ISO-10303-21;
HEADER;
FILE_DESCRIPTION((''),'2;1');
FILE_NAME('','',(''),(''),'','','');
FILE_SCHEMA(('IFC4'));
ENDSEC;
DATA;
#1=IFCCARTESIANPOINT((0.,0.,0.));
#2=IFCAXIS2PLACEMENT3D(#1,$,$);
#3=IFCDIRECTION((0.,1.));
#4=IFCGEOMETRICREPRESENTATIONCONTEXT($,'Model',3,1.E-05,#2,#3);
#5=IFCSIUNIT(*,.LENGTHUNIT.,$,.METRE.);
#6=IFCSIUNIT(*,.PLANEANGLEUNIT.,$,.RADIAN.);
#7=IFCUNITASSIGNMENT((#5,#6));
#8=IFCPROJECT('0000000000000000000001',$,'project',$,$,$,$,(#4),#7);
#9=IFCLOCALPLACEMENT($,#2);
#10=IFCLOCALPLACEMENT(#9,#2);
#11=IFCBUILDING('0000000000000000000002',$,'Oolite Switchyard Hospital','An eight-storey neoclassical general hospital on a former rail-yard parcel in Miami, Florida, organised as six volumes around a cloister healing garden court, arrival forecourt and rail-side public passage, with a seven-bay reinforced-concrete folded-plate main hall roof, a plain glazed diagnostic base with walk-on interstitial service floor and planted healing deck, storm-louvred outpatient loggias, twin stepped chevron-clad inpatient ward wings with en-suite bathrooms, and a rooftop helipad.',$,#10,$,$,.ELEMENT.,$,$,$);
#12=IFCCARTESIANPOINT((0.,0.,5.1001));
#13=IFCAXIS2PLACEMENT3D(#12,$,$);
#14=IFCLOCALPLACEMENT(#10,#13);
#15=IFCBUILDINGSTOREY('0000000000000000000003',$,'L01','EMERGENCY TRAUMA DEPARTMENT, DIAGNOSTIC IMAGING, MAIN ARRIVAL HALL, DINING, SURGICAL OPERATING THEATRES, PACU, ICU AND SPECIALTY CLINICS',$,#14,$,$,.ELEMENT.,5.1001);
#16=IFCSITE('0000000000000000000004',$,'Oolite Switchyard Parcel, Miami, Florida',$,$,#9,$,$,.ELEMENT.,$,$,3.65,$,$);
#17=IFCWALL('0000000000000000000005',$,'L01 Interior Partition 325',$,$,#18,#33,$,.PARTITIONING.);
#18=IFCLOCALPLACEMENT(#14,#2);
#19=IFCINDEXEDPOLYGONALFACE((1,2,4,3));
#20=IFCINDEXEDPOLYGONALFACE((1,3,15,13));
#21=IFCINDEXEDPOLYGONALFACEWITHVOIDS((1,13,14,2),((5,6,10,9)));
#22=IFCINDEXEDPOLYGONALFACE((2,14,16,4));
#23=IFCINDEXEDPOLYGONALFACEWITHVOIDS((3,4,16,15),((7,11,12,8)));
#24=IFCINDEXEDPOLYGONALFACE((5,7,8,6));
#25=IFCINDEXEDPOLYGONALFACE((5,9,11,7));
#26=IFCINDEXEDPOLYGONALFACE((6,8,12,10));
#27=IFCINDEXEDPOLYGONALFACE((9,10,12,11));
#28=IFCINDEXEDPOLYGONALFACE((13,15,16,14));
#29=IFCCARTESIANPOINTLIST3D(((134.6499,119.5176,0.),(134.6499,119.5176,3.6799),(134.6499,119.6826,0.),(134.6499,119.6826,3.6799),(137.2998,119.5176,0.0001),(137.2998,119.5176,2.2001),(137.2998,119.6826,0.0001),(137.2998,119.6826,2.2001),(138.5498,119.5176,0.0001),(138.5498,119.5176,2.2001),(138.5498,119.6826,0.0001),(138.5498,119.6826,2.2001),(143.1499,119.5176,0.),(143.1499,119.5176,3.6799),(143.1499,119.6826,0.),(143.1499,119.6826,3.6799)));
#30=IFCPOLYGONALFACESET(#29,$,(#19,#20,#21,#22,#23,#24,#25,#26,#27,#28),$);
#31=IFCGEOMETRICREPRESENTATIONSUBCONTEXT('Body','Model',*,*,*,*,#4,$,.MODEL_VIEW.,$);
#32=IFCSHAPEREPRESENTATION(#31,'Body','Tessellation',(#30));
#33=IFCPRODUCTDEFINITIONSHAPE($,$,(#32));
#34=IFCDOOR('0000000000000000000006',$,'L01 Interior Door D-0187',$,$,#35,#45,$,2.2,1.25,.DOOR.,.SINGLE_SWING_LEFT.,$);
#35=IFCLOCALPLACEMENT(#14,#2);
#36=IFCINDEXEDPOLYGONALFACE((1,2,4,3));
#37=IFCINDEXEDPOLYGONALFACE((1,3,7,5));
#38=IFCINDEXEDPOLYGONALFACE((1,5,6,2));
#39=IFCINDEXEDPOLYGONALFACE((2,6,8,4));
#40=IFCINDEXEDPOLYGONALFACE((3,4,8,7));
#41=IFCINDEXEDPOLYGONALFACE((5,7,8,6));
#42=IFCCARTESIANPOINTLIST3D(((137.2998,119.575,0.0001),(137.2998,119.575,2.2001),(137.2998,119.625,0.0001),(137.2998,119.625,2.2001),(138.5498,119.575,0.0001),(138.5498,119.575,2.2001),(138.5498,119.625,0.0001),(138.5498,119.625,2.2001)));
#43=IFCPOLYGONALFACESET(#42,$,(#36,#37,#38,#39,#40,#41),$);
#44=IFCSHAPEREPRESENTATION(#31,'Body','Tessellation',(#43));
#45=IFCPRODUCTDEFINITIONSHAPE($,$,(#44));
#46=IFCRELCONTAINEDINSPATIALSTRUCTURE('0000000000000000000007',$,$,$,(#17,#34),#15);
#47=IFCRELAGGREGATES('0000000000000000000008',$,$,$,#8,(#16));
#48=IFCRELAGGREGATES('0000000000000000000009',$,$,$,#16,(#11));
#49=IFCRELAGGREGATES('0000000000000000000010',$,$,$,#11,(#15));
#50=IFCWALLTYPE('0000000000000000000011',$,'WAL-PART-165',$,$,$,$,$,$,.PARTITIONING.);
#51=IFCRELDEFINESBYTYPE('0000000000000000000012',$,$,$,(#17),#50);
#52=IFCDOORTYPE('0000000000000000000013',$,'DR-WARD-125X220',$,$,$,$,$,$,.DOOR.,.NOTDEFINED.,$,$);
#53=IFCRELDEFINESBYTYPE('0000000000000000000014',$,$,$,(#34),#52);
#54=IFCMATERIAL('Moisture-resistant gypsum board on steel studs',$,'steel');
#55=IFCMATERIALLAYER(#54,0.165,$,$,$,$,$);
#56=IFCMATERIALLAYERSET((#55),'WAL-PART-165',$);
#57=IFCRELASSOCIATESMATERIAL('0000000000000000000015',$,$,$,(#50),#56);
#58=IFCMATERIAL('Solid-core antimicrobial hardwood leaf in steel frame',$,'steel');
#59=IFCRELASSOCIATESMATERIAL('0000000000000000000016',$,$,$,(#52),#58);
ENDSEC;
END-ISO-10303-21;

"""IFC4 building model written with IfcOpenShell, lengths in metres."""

from ifc_helpers import new_model, si_unit, direction, frame, frame_2d, origin, place, context, subcontext, project, spatial, rectangle, extrude, material, layer, layer_set, type_object, element, fill, save


model = new_model("IFC4")

# Units and contexts
model_context = context("Model", 3, precision=1e-05, world=origin(), true_north=direction((0.0, 1.0)))
body_context = subcontext(model_context, "Body", "Model", "MODEL_VIEW")
ifc_project = project(units=[si_unit("LENGTHUNIT", "METRE"), si_unit("PLANEANGLEUNIT", "RADIAN")], contexts=[model_context])

# Site, building, storey
site_placement = place(None, origin())
site = spatial("IfcSite", under=ifc_project, at=site_placement, Name="Oolite Switchyard Parcel, Miami, Florida", CompositionType="ELEMENT", RefElevation=3.65)
building_placement = place(site_placement, origin())
building = spatial("IfcBuilding", under=site, at=building_placement, Name="Oolite Switchyard Hospital", Description="An eight-storey neoclassical general hospital on a former rail-yard parcel in Miami, Florida, organised as six volumes around a cloister healing garden court, arrival forecourt and rail-side public passage, with a seven-bay reinforced-concrete folded-plate main hall roof, a plain glazed diagnostic base with walk-on interstitial service floor and planted healing deck, storm-louvred outpatient loggias, twin stepped chevron-clad inpatient ward wings with en-suite bathrooms, and a rooftop helipad.", CompositionType="ELEMENT")
storey_placement = place(building_placement, frame((0.0, 0.0, 5.1001)))
storey = spatial("IfcBuildingStorey", under=building, at=storey_placement, Name="L01", Description="EMERGENCY TRAUMA DEPARTMENT, DIAGNOSTIC IMAGING, MAIN ARRIVAL HALL, DINING, SURGICAL OPERATING THEATRES, PACU, ICU AND SPECIALTY CLINICS", CompositionType="ELEMENT", Elevation=5.1001)

# Wall, opening, door
ifc_material_1 = material(Name="Moisture-resistant gypsum board on steel studs", Category="steel")
ifc_material_2 = material(Name="Solid-core antimicrobial hardwood leaf in steel frame", Category="steel")
ifc_layer_1 = layer(ifc_material_1, 0.165)
ifc_layer_set_1 = layer_set([ifc_layer_1], Name="WAL-PART-165")
wall_type_1 = type_object("IfcWallType", Name="WAL-PART-165", PredefinedType="PARTITIONING", material=ifc_layer_set_1)
wall_1_placement = place(storey_placement, frame((134.6499, 119.6001, 0.0), z_axis=(0.0, 0.0, 1.0), x_axis=(1.0, 0.0, 0.0)))
wall_1 = element("IfcWall", 1, at=wall_1_placement, inside=storey, type_object=wall_type_1, Name="L01 Interior Partition 325", PredefinedType="PARTITIONING", context=body_context, shape_type="SweptSolid", body=[
    extrude(rectangle(XDim=8.5, YDim=0.165, at=frame_2d((4.25, 0.0))), origin(), (0.0, 0.0, 1.0), 3.6799),
])
opening_1_placement = place(wall_1_placement, frame((2.6499, 0.0, 0.0)))
opening_1 = element("IfcOpeningElement", 2, at=opening_1_placement, cuts=wall_1, PredefinedType="OPENING", context=body_context, shape_type="SweptSolid", body=[
    extrude(rectangle(XDim=1.25, YDim=2.2, at=frame_2d((0.625, 1.1001))), frame((0.0, 0.0925, 0.0), z_axis=(0.0, -1.0, 0.0), x_axis=(1.0, 0.0, 0.0)), (0.0, 0.0, 1.0), 0.1851),
])
door_type_1 = type_object("IfcDoorType", Name="DR-WARD-125X220", OperationType="NOTDEFINED", PredefinedType="DOOR", material=ifc_material_2)
door_1_placement = place(opening_1_placement, origin())
door_1 = element("IfcDoor", 3, at=door_1_placement, inside=storey, type_object=door_type_1, Name="L01 Interior Door D-0187", OperationType="SINGLE_SWING_LEFT", OverallHeight=2.2, OverallWidth=1.25, PredefinedType="DOOR", context=body_context, shape_type="SweptSolid", body=[
    extrude(rectangle(XDim=1.25, YDim=2.2, at=frame_2d((0.625, 1.1001))), frame((0.0, 0.0249, 0.0), z_axis=(0.0, -1.0, 0.0), x_axis=(1.0, 0.0, 0.0)), (0.0, 0.0, 1.0), 0.05),
])
fill(opening_1, door_1)

save(model, "model.ifc")
